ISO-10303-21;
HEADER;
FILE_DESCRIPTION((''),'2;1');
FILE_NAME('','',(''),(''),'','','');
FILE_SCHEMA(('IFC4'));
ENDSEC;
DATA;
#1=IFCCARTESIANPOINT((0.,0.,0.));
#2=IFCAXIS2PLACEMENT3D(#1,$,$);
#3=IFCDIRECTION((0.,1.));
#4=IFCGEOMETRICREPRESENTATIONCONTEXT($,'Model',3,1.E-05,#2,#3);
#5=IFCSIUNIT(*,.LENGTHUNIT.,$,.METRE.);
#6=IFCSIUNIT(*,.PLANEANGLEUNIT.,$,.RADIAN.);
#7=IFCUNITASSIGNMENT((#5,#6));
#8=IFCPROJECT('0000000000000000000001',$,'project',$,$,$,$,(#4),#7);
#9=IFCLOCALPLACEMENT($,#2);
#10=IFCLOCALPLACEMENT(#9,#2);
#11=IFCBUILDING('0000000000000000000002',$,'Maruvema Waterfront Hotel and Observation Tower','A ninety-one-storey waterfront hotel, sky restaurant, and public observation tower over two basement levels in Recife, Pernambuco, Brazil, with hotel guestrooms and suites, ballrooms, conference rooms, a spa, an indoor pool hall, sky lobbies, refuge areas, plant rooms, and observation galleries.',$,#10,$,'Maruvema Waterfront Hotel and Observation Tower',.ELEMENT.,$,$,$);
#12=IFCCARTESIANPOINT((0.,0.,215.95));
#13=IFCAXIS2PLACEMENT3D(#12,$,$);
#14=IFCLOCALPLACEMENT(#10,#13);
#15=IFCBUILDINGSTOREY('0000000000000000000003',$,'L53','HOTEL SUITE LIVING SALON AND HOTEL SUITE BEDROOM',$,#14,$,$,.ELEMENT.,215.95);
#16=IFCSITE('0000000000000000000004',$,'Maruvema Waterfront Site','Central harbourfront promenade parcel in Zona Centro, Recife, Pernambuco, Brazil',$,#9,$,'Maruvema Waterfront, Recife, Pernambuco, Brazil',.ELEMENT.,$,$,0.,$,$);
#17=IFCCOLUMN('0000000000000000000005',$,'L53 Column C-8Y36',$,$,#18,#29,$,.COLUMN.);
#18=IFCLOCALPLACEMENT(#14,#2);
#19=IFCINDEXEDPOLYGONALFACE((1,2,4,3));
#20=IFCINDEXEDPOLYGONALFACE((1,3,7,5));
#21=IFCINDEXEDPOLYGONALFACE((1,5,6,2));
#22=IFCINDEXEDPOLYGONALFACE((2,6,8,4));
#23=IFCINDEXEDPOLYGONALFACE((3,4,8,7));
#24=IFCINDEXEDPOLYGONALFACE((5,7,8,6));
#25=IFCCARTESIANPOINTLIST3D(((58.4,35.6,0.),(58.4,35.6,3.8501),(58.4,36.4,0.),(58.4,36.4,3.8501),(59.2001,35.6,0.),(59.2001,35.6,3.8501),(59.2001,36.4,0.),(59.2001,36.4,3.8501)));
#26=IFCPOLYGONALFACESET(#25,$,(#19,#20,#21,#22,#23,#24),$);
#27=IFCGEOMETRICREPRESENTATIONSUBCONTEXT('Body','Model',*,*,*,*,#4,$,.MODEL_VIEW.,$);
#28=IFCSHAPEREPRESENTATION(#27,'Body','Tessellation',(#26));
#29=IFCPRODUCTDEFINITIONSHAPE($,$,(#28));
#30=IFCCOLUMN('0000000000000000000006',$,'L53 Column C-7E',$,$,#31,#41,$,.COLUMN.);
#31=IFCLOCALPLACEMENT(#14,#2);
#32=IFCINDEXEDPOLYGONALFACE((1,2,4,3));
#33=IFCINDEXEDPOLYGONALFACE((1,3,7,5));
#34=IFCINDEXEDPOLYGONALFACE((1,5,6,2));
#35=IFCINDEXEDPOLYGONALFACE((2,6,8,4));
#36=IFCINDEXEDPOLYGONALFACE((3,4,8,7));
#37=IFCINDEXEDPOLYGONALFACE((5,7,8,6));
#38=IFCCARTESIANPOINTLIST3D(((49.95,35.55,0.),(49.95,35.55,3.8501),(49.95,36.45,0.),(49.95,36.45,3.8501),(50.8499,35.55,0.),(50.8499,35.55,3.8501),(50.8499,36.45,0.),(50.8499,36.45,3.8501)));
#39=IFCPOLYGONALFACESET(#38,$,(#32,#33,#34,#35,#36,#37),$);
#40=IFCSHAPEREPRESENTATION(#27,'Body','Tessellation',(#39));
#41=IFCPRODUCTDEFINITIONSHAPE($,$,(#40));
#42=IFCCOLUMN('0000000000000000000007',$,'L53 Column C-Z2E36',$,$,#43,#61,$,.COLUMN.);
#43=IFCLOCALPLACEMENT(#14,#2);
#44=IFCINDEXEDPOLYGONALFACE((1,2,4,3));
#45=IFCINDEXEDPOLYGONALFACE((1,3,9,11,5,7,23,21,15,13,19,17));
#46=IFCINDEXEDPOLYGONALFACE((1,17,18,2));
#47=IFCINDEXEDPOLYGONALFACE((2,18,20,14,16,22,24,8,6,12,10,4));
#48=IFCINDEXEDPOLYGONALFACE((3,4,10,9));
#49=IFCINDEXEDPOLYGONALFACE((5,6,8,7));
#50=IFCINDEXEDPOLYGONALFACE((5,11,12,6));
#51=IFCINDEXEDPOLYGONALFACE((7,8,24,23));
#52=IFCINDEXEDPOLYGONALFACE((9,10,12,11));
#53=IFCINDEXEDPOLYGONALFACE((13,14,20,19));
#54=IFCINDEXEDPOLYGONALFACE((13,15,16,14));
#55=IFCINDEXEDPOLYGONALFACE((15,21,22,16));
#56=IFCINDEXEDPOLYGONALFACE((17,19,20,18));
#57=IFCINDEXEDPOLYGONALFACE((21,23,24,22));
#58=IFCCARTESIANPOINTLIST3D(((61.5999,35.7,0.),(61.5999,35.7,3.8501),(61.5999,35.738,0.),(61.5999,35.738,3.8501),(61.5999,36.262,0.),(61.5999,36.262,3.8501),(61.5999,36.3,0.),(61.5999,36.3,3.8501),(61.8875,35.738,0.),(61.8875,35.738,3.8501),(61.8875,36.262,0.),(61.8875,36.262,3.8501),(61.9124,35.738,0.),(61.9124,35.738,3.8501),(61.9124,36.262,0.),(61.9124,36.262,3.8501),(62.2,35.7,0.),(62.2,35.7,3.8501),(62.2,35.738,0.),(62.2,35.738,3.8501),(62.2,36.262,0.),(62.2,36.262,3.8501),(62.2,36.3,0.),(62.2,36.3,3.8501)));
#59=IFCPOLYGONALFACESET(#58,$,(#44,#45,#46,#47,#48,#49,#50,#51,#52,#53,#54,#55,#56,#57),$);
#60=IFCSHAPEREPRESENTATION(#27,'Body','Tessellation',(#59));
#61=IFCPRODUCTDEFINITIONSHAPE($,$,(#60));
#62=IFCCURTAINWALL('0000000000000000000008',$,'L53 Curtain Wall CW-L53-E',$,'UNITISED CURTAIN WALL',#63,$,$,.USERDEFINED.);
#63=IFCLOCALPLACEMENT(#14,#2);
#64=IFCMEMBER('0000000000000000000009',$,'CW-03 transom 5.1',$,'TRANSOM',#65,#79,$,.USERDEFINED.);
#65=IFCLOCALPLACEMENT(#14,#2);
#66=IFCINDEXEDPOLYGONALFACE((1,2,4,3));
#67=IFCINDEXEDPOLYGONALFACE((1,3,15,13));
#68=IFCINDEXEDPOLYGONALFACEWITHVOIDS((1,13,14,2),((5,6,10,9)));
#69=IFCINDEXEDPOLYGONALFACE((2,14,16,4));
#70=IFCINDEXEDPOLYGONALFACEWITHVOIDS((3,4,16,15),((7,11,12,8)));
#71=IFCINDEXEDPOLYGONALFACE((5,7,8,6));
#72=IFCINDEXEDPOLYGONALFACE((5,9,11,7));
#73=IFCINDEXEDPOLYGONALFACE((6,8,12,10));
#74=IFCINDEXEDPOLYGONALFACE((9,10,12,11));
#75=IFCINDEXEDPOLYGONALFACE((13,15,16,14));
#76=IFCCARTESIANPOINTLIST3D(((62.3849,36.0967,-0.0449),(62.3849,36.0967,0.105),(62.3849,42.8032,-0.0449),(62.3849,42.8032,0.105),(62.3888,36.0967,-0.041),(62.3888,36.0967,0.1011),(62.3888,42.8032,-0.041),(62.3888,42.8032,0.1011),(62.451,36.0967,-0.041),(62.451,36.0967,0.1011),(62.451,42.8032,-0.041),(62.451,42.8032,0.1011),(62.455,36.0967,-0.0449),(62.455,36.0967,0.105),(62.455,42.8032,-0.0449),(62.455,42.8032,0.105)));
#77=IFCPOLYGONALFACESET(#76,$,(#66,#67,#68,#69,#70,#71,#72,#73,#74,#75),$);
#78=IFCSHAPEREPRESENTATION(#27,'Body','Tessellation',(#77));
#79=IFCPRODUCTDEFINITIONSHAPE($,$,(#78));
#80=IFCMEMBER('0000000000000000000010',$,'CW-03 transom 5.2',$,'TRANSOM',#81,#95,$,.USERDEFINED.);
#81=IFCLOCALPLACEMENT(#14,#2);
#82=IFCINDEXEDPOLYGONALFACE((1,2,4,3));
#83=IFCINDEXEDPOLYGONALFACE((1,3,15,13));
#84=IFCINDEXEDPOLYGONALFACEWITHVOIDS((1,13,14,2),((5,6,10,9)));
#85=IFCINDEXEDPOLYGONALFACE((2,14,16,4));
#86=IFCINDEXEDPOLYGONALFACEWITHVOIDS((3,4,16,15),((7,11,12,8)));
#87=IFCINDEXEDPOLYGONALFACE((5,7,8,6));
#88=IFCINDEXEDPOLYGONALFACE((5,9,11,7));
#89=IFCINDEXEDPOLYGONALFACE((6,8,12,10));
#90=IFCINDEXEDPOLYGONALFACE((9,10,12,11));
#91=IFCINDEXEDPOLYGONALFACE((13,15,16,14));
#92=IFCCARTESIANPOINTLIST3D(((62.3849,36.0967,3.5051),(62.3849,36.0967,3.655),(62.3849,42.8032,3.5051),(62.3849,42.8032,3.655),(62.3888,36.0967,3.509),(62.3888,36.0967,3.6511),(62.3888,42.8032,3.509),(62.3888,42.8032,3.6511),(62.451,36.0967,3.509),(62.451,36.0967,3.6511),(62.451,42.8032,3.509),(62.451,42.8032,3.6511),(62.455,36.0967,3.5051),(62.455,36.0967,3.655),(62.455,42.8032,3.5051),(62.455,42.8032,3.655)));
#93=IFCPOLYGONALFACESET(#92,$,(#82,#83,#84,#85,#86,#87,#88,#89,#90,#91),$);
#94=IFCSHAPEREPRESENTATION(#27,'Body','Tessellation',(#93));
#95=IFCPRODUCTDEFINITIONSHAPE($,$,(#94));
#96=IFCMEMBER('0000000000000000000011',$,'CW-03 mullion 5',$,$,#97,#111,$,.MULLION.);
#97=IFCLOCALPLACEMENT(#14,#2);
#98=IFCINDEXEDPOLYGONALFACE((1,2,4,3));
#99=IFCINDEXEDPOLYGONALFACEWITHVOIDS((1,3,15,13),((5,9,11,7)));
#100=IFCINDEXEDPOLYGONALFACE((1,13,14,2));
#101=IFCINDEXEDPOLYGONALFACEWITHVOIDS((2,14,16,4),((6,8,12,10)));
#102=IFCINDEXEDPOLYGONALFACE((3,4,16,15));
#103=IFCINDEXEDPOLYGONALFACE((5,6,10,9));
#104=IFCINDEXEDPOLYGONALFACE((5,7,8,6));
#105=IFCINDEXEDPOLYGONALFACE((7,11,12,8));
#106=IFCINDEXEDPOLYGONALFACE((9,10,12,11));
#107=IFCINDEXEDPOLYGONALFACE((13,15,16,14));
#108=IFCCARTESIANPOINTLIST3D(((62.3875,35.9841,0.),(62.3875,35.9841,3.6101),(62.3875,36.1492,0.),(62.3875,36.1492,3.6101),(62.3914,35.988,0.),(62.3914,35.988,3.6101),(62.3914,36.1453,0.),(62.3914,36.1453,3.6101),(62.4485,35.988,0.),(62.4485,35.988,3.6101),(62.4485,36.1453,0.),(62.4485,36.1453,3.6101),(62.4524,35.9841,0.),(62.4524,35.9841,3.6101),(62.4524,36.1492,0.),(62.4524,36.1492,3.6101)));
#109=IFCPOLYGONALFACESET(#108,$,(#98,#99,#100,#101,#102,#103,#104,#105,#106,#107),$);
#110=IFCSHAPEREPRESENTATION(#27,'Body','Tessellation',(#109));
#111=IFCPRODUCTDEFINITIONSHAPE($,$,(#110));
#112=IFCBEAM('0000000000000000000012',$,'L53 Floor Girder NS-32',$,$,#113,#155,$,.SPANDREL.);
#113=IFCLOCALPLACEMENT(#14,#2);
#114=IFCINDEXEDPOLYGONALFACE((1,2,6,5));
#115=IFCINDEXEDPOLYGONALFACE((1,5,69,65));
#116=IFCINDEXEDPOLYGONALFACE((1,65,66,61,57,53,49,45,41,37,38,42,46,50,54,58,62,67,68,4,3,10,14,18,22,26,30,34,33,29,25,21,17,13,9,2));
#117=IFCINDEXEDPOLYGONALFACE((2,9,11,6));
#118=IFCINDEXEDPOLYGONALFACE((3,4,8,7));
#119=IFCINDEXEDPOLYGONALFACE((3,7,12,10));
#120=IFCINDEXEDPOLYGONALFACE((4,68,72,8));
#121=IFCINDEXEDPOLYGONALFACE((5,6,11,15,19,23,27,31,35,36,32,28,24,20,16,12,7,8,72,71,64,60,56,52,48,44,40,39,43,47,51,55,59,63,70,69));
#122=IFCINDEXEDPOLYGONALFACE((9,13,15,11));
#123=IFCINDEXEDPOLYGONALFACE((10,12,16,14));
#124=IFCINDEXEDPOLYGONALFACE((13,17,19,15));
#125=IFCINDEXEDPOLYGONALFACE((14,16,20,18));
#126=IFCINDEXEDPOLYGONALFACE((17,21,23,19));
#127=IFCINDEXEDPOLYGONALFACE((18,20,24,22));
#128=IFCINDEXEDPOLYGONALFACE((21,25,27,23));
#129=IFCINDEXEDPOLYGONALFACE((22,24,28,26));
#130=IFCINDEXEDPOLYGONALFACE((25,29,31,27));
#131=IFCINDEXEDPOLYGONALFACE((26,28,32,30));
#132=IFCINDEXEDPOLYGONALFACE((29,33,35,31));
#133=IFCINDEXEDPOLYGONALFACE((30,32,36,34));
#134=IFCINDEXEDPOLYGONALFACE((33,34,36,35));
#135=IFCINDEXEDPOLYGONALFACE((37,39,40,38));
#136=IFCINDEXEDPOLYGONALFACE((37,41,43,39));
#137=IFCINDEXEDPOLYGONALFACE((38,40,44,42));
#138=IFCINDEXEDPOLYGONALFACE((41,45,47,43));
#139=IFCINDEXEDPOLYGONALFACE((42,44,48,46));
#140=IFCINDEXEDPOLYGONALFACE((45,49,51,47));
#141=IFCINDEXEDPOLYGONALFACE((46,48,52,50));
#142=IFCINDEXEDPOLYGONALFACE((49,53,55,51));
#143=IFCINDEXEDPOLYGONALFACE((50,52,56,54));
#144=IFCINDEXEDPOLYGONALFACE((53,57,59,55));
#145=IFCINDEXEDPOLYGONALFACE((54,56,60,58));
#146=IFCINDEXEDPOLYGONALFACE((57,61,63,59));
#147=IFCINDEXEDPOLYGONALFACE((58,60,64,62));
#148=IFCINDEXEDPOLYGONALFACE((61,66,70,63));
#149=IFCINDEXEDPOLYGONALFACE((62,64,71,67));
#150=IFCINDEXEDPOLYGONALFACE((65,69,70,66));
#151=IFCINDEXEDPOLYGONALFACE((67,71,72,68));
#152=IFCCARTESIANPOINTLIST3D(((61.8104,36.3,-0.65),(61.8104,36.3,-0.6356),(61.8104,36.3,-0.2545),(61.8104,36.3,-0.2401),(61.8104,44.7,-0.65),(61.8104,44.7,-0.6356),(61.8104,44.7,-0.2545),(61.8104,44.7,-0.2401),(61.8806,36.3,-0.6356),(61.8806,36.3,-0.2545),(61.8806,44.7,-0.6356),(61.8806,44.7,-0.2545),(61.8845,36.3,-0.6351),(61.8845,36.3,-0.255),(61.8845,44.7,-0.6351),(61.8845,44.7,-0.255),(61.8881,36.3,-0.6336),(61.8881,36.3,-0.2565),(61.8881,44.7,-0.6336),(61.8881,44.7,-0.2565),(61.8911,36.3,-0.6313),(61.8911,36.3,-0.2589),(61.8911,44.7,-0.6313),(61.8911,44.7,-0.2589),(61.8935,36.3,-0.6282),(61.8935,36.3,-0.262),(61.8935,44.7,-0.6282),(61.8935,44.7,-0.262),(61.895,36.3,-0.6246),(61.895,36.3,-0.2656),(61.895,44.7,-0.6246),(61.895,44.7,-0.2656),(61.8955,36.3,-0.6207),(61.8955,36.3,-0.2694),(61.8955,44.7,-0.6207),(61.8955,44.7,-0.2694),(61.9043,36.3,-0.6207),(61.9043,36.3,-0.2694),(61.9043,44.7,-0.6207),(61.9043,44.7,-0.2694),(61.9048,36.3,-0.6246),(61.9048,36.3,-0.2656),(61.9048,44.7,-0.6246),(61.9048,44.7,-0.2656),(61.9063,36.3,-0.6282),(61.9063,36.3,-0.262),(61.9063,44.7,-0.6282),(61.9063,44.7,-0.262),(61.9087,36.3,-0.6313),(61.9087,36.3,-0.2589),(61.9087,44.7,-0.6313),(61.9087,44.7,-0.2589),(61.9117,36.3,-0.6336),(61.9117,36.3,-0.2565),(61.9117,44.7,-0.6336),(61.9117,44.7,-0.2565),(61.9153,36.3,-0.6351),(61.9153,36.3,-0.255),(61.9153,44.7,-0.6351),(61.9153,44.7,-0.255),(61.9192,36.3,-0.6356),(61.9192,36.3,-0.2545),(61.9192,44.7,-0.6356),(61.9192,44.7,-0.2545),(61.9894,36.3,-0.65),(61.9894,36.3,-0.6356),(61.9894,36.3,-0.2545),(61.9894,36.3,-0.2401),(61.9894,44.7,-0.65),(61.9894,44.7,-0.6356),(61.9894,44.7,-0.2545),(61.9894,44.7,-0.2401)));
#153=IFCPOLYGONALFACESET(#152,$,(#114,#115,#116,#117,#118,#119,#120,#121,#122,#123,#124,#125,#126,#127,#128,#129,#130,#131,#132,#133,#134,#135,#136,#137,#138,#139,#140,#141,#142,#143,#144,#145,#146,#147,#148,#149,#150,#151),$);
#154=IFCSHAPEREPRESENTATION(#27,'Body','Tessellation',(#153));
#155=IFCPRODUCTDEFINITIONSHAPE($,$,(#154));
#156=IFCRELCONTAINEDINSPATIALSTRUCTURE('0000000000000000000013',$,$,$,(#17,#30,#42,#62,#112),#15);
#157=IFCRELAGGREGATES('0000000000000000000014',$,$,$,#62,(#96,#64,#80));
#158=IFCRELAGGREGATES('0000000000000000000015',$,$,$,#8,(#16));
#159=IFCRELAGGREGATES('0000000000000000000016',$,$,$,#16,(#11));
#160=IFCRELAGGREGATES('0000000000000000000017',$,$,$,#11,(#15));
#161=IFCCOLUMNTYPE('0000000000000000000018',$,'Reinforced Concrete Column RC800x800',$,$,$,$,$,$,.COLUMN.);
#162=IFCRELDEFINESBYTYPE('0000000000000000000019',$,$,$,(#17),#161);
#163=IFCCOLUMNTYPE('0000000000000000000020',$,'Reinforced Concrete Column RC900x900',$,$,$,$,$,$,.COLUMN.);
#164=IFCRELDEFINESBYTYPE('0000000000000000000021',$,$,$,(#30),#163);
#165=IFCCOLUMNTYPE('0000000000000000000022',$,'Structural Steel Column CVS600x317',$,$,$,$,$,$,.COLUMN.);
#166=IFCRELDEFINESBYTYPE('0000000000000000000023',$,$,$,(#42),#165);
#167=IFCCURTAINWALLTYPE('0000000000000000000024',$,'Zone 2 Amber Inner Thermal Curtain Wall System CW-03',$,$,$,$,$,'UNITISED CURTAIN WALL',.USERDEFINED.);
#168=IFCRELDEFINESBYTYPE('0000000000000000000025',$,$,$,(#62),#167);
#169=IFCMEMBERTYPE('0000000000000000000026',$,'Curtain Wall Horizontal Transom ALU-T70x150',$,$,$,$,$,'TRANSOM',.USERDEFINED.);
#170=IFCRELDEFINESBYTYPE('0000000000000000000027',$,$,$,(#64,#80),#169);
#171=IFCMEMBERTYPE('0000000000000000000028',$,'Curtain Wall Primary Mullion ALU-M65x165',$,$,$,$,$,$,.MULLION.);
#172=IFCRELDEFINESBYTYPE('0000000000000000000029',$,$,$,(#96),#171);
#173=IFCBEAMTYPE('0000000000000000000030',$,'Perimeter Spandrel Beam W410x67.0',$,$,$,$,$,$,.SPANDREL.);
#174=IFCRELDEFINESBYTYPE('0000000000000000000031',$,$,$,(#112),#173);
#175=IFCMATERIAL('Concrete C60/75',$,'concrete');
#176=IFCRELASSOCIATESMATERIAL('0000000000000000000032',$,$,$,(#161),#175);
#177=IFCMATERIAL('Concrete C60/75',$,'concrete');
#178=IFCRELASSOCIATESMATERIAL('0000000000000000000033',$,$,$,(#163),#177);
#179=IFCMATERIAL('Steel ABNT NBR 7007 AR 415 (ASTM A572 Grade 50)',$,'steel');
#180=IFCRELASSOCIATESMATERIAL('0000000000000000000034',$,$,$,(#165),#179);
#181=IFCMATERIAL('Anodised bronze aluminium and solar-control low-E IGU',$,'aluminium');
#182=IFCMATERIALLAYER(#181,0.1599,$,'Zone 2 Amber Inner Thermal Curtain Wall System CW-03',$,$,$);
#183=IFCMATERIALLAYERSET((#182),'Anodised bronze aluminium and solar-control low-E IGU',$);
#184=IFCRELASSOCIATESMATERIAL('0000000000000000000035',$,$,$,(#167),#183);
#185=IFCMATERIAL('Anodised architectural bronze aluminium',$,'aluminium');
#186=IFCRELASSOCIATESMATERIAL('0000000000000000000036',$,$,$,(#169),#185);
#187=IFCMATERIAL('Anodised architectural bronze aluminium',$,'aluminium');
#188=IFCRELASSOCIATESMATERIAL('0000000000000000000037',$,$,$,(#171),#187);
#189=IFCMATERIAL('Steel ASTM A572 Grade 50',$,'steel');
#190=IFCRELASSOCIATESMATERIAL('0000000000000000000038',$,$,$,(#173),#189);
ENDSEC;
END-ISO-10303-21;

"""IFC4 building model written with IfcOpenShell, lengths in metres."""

from ifc_helpers import new_model, si_unit, direction, frame, origin, origin_2d, place, context, subcontext, project, spatial, rectangle, hollow_rectangle, i_section, extrude, material, layer, layer_set, material_profile, profile_set, type_object, element, aggregate, save


model = new_model("IFC4")

# Units and contexts
model_context = context("Model", 3, precision=1e-05, world=origin(), true_north=direction((0.0, 1.0)))
body_context = subcontext(model_context, "Body", "Model", "MODEL_VIEW")
ifc_project = project(units=[si_unit("LENGTHUNIT", "METRE"), si_unit("PLANEANGLEUNIT", "RADIAN")], contexts=[model_context])

# Site, building, storey
site_placement = place(None, origin())
site = spatial("IfcSite", under=ifc_project, at=site_placement, Name="Maruvema Waterfront Site", Description="Central harbourfront promenade parcel in Zona Centro, Recife, Pernambuco, Brazil", LongName="Maruvema Waterfront, Recife, Pernambuco, Brazil", CompositionType="ELEMENT", RefElevation=0.0)
building_placement = place(site_placement, origin())
building = spatial("IfcBuilding", under=site, at=building_placement, Name="Maruvema Waterfront Hotel and Observation Tower", Description="A ninety-one-storey waterfront hotel, sky restaurant, and public observation tower over two basement levels in Recife, Pernambuco, Brazil, with hotel guestrooms and suites, ballrooms, conference rooms, a spa, an indoor pool hall, sky lobbies, refuge areas, plant rooms, and observation galleries.", LongName="Maruvema Waterfront Hotel and Observation Tower", CompositionType="ELEMENT")
storey_placement = place(building_placement, frame((0.0, 0.0, 215.95)))
storey = spatial("IfcBuildingStorey", under=building, at=storey_placement, Name="L53", Description="HOTEL SUITE LIVING SALON AND HOTEL SUITE BEDROOM", CompositionType="ELEMENT", Elevation=215.95)

# Columns
ifc_material_1 = material(Name="Concrete C60/75", Category="concrete")
ifc_material_profile_1 = material_profile(ifc_material_1, rectangle(XDim=0.8, YDim=0.8, at=origin_2d()), Name="RC800x800")
ifc_profile_set_1 = profile_set([ifc_material_profile_1], Name="Concrete C60/75")
column_type_1 = type_object("IfcColumnType", Name="Reinforced Concrete Column RC800x800", PredefinedType="COLUMN", material=ifc_profile_set_1)
column_1_placement = place(storey_placement, frame((58.8, 36.0, 0.0), z_axis=(0.0, 0.0, 1.0), x_axis=(1.0, 0.0, 0.0)))
element("IfcColumn", 1, at=column_1_placement, inside=storey, type_object=column_type_1, Name="L53 Column C-8Y36", PredefinedType="COLUMN", context=body_context, shape_type="SweptSolid", body=[
    extrude(rectangle(XDim=0.8, YDim=0.8, at=origin_2d()), origin(), (0.0, 0.0, 1.0), 3.8501),
])
ifc_material_2 = material(Name="Concrete C60/75", Category="concrete")
ifc_material_profile_2 = material_profile(ifc_material_2, rectangle(XDim=0.8999, YDim=0.8999, at=origin_2d()), Name="RC900x900")
ifc_profile_set_2 = profile_set([ifc_material_profile_2], Name="Concrete C60/75")
column_type_2 = type_object("IfcColumnType", Name="Reinforced Concrete Column RC900x900", PredefinedType="COLUMN", material=ifc_profile_set_2)
column_2_placement = place(storey_placement, frame((50.3999, 36.0, 0.0), z_axis=(0.0, 0.0, 1.0), x_axis=(1.0, 0.0, 0.0)))
element("IfcColumn", 2, at=column_2_placement, inside=storey, type_object=column_type_2, Name="L53 Column C-7E", PredefinedType="COLUMN", context=body_context, shape_type="SweptSolid", body=[
    extrude(rectangle(XDim=0.8999, YDim=0.8999, at=origin_2d()), origin(), (0.0, 0.0, 1.0), 3.8501),
])
ifc_material_3 = material(Name="Steel ABNT NBR 7007 AR 415 (ASTM A572 Grade 50)", Category="steel")
ifc_material_profile_3 = material_profile(ifc_material_3, i_section(OverallWidth=0.6001, OverallDepth=0.6001, WebThickness=0.0249, FlangeThickness=0.0381, at=origin_2d()), Name="CVS600x317")
ifc_profile_set_3 = profile_set([ifc_material_profile_3], Name="Steel ABNT NBR 7007 AR 415 (ASTM A572 Grade 50)")
column_type_3 = type_object("IfcColumnType", Name="Structural Steel Column CVS600x317", PredefinedType="COLUMN", material=ifc_profile_set_3)
column_3_placement = place(storey_placement, frame((61.8999, 36.0, 0.0), z_axis=(0.0, 0.0, 1.0), x_axis=(1.0, 0.0, 0.0)))
element("IfcColumn", 3, at=column_3_placement, inside=storey, type_object=column_type_3, Name="L53 Column C-Z2E36", PredefinedType="COLUMN", context=body_context, shape_type="SweptSolid", body=[
    extrude(i_section(OverallWidth=0.6001, OverallDepth=0.6001, WebThickness=0.0249, FlangeThickness=0.0381, at=origin_2d()), origin(), (0.0, 0.0, 1.0), 3.8501),
])

# Curtain wall, members
ifc_material_4 = material(Name="Anodised bronze aluminium and solar-control low-E IGU", Category="aluminium")
ifc_layer_1 = layer(ifc_material_4, 0.1599, Name="Zone 2 Amber Inner Thermal Curtain Wall System CW-03")
ifc_layer_set_1 = layer_set([ifc_layer_1], Name="Anodised bronze aluminium and solar-control low-E IGU")
curtain_wall_type = type_object("IfcCurtainWallType", Name="Zone 2 Amber Inner Thermal Curtain Wall System CW-03", ElementType="UNITISED CURTAIN WALL", PredefinedType="USERDEFINED", material=ifc_layer_set_1)
curtain_wall_placement = place(storey_placement, origin())
curtain_wall = element("IfcCurtainWall", 4, at=curtain_wall_placement, inside=storey, type_object=curtain_wall_type, Name="L53 Curtain Wall CW-L53-E", ObjectType="UNITISED CURTAIN WALL", PredefinedType="USERDEFINED")
ifc_material_5 = material(Name="Anodised architectural bronze aluminium", Category="aluminium")
ifc_material_profile_4 = material_profile(ifc_material_5, hollow_rectangle(XDim=0.0701, YDim=0.1499, WallThickness=0.0039, at=origin_2d()), Name="ALU-T70x150")
ifc_profile_set_4 = profile_set([ifc_material_profile_4], Name="Anodised architectural bronze aluminium")
member_type_1 = type_object("IfcMemberType", Name="Curtain Wall Horizontal Transom ALU-T70x150", ElementType="TRANSOM", PredefinedType="USERDEFINED", material=ifc_profile_set_4)
member_1_placement = place(storey_placement, frame((62.4199, 36.0967, 0.03), z_axis=(0.0, 1.0, 0.0), x_axis=(-1.0, 0.0, 0.0)))
member_1 = element("IfcMember", 5, at=member_1_placement, type_object=member_type_1, Name="CW-03 transom 5.1", ObjectType="TRANSOM", PredefinedType="USERDEFINED", context=body_context, shape_type="SweptSolid", body=[
    extrude(hollow_rectangle(XDim=0.0701, YDim=0.1499, WallThickness=0.0039, at=origin_2d()), origin(), (0.0, 0.0, 1.0), 6.7065),
])
member_2_placement = place(storey_placement, frame((62.4199, 36.0967, 3.5801), z_axis=(0.0, 1.0, 0.0), x_axis=(-1.0, 0.0, 0.0)))
member_2 = element("IfcMember", 6, at=member_2_placement, type_object=member_type_1, Name="CW-03 transom 5.2", ObjectType="TRANSOM", PredefinedType="USERDEFINED", context=body_context, shape_type="SweptSolid", body=[
    extrude(hollow_rectangle(XDim=0.0701, YDim=0.1499, WallThickness=0.0039, at=origin_2d()), origin(), (0.0, 0.0, 1.0), 6.7065),
])
ifc_material_6 = material(Name="Anodised architectural bronze aluminium", Category="aluminium")
ifc_material_profile_5 = material_profile(ifc_material_6, hollow_rectangle(XDim=0.0649, YDim=0.165, WallThickness=0.0039, at=origin_2d()), Name="ALU-M65x165")
ifc_profile_set_5 = profile_set([ifc_material_profile_5], Name="Anodised architectural bronze aluminium")
member_type_2 = type_object("IfcMemberType", Name="Curtain Wall Primary Mullion ALU-M65x165", PredefinedType="MULLION", material=ifc_profile_set_5)
member_3_placement = place(storey_placement, frame((62.4199, 36.0667, 0.0), z_axis=(0.0, 0.0, 1.0), x_axis=(-1.0, 0.0, 0.0)))
member_3 = element("IfcMember", 7, at=member_3_placement, type_object=member_type_2, Name="CW-03 mullion 5", PredefinedType="MULLION", context=body_context, shape_type="SweptSolid", body=[
    extrude(hollow_rectangle(XDim=0.0649, YDim=0.165, WallThickness=0.0039, at=origin_2d()), origin(), (0.0, 0.0, 1.0), 3.6101),
])

# Beam
ifc_material_7 = material(Name="Steel ASTM A572 Grade 50", Category="steel")
ifc_material_profile_6 = material_profile(ifc_material_7, i_section(OverallWidth=0.179, OverallDepth=0.4099, WebThickness=0.0088, FlangeThickness=0.0144, FilletRadius=0.0149, at=origin_2d()), Name="W410x67.0")
ifc_profile_set_6 = profile_set([ifc_material_profile_6], Name="Steel ASTM A572 Grade 50")
beam_type_1 = type_object("IfcBeamType", Name="Perimeter Spandrel Beam W410x67.0", PredefinedType="SPANDREL", material=ifc_profile_set_6)
beam_1_placement = place(storey_placement, frame((61.8999, 36.3, -0.4451), z_axis=(0.0, 1.0, 0.0), x_axis=(-1.0, 0.0, 0.0)))
element("IfcBeam", 8, at=beam_1_placement, inside=storey, type_object=beam_type_1, Name="L53 Floor Girder NS-32", PredefinedType="SPANDREL", context=body_context, shape_type="SweptSolid", body=[
    extrude(i_section(OverallWidth=0.179, OverallDepth=0.4099, WebThickness=0.0088, FlangeThickness=0.0144, FilletRadius=0.0149, at=origin_2d()), origin(), (0.0, 0.0, 1.0), 8.3999),
])

aggregate(curtain_wall, [member_3, member_1, member_2])

save(model, "model.ifc")
